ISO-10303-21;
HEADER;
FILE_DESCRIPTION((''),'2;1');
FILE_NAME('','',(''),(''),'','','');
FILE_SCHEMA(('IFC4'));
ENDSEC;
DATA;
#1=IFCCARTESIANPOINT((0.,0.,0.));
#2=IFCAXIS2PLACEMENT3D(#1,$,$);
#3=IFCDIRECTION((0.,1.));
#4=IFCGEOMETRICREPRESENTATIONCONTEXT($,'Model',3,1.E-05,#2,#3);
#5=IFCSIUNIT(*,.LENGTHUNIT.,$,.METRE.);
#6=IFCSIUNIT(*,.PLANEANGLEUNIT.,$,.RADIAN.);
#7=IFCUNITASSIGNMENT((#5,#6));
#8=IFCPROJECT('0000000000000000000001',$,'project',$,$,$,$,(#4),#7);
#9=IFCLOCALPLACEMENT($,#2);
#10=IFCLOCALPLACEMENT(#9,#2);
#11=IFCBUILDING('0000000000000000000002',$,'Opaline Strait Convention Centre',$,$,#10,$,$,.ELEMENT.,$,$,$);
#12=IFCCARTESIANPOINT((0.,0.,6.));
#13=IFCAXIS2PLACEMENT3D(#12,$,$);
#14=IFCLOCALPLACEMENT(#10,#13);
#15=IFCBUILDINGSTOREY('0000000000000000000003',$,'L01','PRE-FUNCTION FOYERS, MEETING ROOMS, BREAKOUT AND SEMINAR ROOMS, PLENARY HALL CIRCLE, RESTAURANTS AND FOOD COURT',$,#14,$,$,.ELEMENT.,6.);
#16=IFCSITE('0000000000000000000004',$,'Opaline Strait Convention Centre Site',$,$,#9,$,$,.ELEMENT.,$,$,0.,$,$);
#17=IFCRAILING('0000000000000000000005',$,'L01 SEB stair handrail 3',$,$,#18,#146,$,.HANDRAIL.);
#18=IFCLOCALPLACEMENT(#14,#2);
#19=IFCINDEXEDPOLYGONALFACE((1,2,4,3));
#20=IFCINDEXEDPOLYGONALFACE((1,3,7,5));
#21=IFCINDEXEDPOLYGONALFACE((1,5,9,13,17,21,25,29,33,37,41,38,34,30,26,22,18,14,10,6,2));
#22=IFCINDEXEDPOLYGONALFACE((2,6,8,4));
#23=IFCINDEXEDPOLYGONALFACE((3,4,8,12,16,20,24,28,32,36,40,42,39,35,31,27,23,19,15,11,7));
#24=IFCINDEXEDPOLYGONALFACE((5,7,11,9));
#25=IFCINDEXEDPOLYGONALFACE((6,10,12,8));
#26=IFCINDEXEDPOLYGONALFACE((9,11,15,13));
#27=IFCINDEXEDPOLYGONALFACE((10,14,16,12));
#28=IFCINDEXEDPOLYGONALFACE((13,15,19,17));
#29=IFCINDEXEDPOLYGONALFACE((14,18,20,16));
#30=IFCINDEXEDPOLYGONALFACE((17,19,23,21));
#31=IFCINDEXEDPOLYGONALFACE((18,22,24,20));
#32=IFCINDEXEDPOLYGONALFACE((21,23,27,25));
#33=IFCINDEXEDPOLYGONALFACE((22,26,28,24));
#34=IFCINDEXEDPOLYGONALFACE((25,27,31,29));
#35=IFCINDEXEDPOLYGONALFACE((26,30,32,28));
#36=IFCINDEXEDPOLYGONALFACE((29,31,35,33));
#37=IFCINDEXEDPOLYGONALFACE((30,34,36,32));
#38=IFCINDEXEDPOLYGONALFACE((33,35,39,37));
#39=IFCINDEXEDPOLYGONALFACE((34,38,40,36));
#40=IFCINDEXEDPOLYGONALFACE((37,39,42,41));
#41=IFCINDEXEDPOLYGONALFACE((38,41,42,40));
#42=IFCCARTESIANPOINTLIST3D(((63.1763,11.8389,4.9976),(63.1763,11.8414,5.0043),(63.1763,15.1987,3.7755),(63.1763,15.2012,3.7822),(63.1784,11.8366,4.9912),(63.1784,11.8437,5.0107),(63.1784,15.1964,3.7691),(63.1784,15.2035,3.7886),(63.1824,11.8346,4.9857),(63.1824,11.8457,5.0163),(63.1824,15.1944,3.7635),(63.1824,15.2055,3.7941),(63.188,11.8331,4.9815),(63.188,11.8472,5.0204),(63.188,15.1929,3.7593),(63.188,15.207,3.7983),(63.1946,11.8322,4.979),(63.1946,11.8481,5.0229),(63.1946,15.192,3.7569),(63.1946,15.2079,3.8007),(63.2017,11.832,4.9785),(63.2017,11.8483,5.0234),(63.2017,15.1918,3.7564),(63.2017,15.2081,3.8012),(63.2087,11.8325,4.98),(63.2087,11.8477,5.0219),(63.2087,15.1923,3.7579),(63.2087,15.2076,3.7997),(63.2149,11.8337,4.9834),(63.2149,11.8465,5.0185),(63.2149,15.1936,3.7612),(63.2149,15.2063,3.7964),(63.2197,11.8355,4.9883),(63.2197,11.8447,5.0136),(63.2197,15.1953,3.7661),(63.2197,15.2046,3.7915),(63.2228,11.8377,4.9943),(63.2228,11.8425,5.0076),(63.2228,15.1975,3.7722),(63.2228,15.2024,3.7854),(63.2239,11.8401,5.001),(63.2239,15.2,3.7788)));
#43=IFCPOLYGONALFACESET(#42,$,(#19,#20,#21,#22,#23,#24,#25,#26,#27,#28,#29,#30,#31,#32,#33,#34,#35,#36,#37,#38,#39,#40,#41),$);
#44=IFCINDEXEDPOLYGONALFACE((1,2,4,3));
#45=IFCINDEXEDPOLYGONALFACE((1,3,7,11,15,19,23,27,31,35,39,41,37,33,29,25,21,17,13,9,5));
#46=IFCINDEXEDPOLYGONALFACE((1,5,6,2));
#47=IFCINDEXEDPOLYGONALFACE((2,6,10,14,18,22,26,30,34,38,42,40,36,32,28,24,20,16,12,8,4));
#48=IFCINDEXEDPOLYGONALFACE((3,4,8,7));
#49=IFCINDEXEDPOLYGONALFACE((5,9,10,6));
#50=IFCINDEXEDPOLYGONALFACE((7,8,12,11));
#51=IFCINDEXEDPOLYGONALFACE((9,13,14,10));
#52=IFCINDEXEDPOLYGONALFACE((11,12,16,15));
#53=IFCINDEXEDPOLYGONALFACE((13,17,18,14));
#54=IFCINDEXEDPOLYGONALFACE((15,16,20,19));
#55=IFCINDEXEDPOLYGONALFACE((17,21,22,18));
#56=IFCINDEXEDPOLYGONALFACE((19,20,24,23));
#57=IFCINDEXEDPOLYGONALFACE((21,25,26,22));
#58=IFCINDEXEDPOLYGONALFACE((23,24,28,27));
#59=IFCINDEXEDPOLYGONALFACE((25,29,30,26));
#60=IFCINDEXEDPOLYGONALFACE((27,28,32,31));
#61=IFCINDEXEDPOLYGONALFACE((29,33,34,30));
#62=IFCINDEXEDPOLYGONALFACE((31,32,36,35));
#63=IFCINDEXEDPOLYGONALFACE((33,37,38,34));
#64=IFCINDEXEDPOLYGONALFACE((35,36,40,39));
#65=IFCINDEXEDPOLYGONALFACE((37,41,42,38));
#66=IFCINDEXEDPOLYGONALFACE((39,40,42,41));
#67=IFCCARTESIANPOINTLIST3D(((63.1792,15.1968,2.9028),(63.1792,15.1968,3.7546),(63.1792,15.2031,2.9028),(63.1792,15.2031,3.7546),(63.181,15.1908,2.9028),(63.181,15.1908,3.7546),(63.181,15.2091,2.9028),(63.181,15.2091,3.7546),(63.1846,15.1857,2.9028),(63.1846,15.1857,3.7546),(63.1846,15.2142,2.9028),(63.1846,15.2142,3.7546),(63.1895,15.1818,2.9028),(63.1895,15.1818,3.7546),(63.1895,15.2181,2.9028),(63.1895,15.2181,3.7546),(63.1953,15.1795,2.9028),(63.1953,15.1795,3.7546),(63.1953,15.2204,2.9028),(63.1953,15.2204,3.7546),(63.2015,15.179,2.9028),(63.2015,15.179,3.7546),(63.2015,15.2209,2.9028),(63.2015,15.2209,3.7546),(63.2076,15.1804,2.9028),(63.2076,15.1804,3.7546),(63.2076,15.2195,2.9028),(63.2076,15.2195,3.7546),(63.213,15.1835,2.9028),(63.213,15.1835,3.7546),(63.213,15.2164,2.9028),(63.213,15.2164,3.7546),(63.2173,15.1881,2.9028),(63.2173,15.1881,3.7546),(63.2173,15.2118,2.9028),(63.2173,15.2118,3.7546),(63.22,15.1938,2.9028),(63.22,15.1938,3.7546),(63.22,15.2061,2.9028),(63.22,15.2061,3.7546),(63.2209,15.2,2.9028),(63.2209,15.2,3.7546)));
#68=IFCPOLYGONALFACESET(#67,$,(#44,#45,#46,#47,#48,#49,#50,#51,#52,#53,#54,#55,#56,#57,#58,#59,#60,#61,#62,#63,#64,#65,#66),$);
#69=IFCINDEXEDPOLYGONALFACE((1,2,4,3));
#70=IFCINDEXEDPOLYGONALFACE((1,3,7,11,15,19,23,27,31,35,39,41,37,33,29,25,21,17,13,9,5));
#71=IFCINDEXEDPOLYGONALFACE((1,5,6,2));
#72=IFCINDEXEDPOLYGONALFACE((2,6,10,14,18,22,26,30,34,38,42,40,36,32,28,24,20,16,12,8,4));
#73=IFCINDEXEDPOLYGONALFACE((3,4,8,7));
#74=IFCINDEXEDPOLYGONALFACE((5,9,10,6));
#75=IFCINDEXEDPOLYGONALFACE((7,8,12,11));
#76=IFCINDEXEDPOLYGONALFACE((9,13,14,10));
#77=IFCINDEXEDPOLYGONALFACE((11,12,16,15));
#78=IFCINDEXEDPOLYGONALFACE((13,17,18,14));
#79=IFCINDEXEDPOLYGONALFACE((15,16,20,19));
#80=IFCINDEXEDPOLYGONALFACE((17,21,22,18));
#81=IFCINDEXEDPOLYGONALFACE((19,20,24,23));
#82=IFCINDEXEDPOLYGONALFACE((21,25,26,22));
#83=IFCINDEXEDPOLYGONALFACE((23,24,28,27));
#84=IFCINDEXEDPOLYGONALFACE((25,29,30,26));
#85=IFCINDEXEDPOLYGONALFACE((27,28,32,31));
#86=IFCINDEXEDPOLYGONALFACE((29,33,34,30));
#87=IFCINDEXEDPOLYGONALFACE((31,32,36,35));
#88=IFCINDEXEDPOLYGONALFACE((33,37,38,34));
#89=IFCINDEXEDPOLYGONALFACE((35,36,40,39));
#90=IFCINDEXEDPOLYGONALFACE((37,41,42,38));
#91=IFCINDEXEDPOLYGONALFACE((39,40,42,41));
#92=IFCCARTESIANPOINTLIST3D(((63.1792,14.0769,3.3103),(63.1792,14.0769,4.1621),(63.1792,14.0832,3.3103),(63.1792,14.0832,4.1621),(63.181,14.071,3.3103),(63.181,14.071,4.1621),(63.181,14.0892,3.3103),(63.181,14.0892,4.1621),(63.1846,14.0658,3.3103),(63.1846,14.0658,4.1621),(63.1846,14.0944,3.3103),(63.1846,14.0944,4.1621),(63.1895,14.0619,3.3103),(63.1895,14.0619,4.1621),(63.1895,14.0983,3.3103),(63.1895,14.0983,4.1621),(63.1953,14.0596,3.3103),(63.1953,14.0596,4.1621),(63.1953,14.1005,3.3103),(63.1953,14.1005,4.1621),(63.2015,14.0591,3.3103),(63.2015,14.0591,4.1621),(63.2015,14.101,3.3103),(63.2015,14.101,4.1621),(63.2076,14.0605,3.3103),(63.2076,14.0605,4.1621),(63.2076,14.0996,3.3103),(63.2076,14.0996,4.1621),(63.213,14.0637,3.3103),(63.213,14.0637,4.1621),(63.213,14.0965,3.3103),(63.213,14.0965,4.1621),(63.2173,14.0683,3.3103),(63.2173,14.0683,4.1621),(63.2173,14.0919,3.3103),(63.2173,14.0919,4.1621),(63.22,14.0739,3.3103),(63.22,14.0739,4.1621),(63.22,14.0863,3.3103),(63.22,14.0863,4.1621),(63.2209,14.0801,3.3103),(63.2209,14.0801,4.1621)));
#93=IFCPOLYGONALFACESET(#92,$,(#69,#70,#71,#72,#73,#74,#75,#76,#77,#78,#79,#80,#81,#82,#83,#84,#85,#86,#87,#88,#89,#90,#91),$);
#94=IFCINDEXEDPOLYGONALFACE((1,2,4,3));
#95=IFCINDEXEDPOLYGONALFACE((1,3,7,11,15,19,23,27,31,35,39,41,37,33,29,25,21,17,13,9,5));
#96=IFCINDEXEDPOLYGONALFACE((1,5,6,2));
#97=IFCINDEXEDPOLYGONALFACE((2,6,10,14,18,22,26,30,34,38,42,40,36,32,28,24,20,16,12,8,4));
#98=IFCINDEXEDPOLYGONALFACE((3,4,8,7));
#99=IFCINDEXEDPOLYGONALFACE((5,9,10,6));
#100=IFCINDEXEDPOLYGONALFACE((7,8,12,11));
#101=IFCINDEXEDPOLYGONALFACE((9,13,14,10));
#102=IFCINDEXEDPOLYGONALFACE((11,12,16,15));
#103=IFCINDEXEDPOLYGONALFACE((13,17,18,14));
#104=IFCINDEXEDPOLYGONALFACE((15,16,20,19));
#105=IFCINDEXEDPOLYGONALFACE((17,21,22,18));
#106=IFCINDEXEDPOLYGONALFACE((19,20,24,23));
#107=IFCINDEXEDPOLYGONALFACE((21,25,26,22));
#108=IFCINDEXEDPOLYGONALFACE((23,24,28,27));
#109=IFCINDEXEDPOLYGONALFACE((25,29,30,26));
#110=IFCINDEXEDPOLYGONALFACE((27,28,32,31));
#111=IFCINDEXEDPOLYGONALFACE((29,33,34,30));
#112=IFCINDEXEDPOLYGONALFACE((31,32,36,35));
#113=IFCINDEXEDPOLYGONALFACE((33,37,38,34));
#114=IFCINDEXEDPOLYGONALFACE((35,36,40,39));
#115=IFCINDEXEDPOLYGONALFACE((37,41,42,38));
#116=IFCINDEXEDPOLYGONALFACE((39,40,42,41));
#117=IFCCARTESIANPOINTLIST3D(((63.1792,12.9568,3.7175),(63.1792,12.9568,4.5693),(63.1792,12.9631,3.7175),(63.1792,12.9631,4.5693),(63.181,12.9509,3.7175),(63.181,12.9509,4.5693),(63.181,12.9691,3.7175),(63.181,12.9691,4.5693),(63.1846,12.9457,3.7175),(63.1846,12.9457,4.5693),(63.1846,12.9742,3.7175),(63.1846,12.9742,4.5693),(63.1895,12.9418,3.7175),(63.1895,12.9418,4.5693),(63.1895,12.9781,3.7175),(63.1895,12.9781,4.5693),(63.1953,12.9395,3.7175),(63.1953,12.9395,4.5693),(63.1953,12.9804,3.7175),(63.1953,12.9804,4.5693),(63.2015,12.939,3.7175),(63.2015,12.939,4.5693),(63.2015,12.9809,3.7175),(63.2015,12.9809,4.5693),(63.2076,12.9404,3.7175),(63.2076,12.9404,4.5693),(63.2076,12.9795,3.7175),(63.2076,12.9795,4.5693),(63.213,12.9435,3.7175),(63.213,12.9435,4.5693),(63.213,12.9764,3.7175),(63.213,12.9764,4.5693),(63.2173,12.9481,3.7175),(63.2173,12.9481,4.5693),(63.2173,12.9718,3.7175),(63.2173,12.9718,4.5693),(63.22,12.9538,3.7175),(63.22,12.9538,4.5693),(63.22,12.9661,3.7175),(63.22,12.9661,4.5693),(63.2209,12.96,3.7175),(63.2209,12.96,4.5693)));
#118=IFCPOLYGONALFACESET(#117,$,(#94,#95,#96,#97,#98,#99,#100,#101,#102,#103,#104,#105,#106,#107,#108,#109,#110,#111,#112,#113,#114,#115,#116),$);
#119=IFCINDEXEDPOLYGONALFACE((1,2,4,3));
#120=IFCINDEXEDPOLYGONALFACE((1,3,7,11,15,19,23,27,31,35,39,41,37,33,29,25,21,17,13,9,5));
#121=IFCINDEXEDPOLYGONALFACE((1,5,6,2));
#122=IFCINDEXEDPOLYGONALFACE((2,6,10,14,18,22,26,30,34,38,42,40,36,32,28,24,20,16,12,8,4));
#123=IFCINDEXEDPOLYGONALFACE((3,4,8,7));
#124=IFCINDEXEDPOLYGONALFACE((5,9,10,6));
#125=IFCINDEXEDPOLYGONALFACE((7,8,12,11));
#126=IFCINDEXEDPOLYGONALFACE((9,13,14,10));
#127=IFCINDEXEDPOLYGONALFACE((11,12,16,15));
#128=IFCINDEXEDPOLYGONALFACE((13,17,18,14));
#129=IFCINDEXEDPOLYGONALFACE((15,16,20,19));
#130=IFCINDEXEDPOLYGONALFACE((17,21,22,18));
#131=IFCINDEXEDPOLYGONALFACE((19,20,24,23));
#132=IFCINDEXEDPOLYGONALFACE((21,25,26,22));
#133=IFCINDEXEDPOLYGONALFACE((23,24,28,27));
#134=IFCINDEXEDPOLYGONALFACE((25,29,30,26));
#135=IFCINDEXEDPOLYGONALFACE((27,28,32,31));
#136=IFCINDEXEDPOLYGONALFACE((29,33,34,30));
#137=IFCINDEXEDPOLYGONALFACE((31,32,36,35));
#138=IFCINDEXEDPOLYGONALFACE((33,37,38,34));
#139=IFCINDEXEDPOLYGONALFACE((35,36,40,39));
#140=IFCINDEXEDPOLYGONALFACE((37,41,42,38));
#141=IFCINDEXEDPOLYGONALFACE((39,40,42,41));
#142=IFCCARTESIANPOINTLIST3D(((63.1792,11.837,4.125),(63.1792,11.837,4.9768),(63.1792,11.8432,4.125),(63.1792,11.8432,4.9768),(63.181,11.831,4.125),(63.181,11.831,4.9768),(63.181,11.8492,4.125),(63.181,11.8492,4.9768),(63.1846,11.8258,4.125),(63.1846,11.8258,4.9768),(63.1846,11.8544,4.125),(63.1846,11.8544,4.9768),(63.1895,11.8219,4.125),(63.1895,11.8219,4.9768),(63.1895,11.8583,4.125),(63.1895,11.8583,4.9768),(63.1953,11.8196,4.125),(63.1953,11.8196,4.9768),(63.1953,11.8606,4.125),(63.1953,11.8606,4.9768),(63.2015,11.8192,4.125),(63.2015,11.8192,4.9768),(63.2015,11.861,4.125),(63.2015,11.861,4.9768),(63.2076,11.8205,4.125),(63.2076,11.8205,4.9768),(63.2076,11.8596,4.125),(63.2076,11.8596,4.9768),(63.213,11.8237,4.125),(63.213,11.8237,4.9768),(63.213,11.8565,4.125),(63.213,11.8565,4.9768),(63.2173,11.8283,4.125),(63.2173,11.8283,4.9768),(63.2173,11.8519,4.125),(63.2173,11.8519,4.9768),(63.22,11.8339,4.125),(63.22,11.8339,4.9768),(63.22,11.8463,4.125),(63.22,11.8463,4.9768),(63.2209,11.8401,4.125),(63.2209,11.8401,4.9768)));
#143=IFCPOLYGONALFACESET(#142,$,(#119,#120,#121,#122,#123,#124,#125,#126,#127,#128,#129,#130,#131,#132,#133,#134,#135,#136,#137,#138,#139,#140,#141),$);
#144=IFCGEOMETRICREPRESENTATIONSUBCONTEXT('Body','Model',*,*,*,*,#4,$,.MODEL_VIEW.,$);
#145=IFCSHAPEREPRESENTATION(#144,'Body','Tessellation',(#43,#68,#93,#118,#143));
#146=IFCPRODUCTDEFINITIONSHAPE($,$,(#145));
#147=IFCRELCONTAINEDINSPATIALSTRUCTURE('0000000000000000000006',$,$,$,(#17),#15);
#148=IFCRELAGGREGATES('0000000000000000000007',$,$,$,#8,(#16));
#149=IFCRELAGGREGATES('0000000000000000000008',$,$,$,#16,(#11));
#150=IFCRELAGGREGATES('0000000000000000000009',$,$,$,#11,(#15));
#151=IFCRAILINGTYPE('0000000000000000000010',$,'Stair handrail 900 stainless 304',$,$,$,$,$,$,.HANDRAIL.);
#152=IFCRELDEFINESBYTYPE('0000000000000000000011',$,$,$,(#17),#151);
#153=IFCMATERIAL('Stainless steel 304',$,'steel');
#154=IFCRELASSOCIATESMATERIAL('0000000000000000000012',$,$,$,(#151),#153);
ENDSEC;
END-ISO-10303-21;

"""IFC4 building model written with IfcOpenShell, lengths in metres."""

from ifc_helpers import new_model, si_unit, direction, frame, origin, origin_2d, place, context, subcontext, project, spatial, circle, extrude, material, type_object, element, save


model = new_model("IFC4")

# Units and contexts
model_context = context("Model", 3, precision=1e-05, world=origin(), true_north=direction((0.0, 1.0)))
body_context = subcontext(model_context, "Body", "Model", "MODEL_VIEW")
ifc_project = project(units=[si_unit("LENGTHUNIT", "METRE"), si_unit("PLANEANGLEUNIT", "RADIAN")], contexts=[model_context])

# Site, building, storey
site_placement = place(None, origin())
site = spatial("IfcSite", under=ifc_project, at=site_placement, Name="Opaline Strait Convention Centre Site", CompositionType="ELEMENT", RefElevation=0.0)
building_placement = place(site_placement, origin())
building = spatial("IfcBuilding", under=site, at=building_placement, Name="Opaline Strait Convention Centre", CompositionType="ELEMENT")
storey_placement = place(building_placement, frame((0.0, 0.0, 6.0)))
storey = spatial("IfcBuildingStorey", under=building, at=storey_placement, Name="L01", Description="PRE-FUNCTION FOYERS, MEETING ROOMS, BREAKOUT AND SEMINAR ROOMS, PLENARY HALL CIRCLE, RESTAURANTS AND FOOD COURT", CompositionType="ELEMENT", Elevation=6.0)

# Railing
ifc_material_1 = material(Name="Stainless steel 304", Category="steel")
railing_type_1 = type_object("IfcRailingType", Name="Stair handrail 900 stainless 304", PredefinedType="HANDRAIL", material=ifc_material_1)
railing_1_placement = place(storey_placement, frame((63.2, 15.2, 2.9028)))
element("IfcRailing", 1, at=railing_1_placement, inside=storey, type_object=railing_type_1, Name="L01 SEB stair handrail 3", PredefinedType="HANDRAIL", context=body_context, shape_type="SweptSolid", body=[
    extrude(circle(Radius=0.0239, at=origin_2d()), frame((0.0, 0.0, 0.876), z_axis=(0.0, -0.939758, 0.341842), x_axis=(1.0, 0.0, 0.0)), (0.0, 0.0, 1.0), 3.5752),
    extrude(circle(Radius=0.021, at=origin_2d()), origin(), (0.0, 0.0, 1.0), 0.8518),
    extrude(circle(Radius=0.021, at=origin_2d()), frame((0.0, -1.1199, 0.4075)), (0.0, 0.0, 1.0), 0.8518),
    extrude(circle(Radius=0.021, at=origin_2d()), frame((0.0, -2.24, 0.8147)), (0.0, 0.0, 1.0), 0.8518),
    extrude(circle(Radius=0.021, at=origin_2d()), frame((0.0, -3.3599, 1.2222)), (0.0, 0.0, 1.0), 0.8518),
])

save(model, "model.ifc")
